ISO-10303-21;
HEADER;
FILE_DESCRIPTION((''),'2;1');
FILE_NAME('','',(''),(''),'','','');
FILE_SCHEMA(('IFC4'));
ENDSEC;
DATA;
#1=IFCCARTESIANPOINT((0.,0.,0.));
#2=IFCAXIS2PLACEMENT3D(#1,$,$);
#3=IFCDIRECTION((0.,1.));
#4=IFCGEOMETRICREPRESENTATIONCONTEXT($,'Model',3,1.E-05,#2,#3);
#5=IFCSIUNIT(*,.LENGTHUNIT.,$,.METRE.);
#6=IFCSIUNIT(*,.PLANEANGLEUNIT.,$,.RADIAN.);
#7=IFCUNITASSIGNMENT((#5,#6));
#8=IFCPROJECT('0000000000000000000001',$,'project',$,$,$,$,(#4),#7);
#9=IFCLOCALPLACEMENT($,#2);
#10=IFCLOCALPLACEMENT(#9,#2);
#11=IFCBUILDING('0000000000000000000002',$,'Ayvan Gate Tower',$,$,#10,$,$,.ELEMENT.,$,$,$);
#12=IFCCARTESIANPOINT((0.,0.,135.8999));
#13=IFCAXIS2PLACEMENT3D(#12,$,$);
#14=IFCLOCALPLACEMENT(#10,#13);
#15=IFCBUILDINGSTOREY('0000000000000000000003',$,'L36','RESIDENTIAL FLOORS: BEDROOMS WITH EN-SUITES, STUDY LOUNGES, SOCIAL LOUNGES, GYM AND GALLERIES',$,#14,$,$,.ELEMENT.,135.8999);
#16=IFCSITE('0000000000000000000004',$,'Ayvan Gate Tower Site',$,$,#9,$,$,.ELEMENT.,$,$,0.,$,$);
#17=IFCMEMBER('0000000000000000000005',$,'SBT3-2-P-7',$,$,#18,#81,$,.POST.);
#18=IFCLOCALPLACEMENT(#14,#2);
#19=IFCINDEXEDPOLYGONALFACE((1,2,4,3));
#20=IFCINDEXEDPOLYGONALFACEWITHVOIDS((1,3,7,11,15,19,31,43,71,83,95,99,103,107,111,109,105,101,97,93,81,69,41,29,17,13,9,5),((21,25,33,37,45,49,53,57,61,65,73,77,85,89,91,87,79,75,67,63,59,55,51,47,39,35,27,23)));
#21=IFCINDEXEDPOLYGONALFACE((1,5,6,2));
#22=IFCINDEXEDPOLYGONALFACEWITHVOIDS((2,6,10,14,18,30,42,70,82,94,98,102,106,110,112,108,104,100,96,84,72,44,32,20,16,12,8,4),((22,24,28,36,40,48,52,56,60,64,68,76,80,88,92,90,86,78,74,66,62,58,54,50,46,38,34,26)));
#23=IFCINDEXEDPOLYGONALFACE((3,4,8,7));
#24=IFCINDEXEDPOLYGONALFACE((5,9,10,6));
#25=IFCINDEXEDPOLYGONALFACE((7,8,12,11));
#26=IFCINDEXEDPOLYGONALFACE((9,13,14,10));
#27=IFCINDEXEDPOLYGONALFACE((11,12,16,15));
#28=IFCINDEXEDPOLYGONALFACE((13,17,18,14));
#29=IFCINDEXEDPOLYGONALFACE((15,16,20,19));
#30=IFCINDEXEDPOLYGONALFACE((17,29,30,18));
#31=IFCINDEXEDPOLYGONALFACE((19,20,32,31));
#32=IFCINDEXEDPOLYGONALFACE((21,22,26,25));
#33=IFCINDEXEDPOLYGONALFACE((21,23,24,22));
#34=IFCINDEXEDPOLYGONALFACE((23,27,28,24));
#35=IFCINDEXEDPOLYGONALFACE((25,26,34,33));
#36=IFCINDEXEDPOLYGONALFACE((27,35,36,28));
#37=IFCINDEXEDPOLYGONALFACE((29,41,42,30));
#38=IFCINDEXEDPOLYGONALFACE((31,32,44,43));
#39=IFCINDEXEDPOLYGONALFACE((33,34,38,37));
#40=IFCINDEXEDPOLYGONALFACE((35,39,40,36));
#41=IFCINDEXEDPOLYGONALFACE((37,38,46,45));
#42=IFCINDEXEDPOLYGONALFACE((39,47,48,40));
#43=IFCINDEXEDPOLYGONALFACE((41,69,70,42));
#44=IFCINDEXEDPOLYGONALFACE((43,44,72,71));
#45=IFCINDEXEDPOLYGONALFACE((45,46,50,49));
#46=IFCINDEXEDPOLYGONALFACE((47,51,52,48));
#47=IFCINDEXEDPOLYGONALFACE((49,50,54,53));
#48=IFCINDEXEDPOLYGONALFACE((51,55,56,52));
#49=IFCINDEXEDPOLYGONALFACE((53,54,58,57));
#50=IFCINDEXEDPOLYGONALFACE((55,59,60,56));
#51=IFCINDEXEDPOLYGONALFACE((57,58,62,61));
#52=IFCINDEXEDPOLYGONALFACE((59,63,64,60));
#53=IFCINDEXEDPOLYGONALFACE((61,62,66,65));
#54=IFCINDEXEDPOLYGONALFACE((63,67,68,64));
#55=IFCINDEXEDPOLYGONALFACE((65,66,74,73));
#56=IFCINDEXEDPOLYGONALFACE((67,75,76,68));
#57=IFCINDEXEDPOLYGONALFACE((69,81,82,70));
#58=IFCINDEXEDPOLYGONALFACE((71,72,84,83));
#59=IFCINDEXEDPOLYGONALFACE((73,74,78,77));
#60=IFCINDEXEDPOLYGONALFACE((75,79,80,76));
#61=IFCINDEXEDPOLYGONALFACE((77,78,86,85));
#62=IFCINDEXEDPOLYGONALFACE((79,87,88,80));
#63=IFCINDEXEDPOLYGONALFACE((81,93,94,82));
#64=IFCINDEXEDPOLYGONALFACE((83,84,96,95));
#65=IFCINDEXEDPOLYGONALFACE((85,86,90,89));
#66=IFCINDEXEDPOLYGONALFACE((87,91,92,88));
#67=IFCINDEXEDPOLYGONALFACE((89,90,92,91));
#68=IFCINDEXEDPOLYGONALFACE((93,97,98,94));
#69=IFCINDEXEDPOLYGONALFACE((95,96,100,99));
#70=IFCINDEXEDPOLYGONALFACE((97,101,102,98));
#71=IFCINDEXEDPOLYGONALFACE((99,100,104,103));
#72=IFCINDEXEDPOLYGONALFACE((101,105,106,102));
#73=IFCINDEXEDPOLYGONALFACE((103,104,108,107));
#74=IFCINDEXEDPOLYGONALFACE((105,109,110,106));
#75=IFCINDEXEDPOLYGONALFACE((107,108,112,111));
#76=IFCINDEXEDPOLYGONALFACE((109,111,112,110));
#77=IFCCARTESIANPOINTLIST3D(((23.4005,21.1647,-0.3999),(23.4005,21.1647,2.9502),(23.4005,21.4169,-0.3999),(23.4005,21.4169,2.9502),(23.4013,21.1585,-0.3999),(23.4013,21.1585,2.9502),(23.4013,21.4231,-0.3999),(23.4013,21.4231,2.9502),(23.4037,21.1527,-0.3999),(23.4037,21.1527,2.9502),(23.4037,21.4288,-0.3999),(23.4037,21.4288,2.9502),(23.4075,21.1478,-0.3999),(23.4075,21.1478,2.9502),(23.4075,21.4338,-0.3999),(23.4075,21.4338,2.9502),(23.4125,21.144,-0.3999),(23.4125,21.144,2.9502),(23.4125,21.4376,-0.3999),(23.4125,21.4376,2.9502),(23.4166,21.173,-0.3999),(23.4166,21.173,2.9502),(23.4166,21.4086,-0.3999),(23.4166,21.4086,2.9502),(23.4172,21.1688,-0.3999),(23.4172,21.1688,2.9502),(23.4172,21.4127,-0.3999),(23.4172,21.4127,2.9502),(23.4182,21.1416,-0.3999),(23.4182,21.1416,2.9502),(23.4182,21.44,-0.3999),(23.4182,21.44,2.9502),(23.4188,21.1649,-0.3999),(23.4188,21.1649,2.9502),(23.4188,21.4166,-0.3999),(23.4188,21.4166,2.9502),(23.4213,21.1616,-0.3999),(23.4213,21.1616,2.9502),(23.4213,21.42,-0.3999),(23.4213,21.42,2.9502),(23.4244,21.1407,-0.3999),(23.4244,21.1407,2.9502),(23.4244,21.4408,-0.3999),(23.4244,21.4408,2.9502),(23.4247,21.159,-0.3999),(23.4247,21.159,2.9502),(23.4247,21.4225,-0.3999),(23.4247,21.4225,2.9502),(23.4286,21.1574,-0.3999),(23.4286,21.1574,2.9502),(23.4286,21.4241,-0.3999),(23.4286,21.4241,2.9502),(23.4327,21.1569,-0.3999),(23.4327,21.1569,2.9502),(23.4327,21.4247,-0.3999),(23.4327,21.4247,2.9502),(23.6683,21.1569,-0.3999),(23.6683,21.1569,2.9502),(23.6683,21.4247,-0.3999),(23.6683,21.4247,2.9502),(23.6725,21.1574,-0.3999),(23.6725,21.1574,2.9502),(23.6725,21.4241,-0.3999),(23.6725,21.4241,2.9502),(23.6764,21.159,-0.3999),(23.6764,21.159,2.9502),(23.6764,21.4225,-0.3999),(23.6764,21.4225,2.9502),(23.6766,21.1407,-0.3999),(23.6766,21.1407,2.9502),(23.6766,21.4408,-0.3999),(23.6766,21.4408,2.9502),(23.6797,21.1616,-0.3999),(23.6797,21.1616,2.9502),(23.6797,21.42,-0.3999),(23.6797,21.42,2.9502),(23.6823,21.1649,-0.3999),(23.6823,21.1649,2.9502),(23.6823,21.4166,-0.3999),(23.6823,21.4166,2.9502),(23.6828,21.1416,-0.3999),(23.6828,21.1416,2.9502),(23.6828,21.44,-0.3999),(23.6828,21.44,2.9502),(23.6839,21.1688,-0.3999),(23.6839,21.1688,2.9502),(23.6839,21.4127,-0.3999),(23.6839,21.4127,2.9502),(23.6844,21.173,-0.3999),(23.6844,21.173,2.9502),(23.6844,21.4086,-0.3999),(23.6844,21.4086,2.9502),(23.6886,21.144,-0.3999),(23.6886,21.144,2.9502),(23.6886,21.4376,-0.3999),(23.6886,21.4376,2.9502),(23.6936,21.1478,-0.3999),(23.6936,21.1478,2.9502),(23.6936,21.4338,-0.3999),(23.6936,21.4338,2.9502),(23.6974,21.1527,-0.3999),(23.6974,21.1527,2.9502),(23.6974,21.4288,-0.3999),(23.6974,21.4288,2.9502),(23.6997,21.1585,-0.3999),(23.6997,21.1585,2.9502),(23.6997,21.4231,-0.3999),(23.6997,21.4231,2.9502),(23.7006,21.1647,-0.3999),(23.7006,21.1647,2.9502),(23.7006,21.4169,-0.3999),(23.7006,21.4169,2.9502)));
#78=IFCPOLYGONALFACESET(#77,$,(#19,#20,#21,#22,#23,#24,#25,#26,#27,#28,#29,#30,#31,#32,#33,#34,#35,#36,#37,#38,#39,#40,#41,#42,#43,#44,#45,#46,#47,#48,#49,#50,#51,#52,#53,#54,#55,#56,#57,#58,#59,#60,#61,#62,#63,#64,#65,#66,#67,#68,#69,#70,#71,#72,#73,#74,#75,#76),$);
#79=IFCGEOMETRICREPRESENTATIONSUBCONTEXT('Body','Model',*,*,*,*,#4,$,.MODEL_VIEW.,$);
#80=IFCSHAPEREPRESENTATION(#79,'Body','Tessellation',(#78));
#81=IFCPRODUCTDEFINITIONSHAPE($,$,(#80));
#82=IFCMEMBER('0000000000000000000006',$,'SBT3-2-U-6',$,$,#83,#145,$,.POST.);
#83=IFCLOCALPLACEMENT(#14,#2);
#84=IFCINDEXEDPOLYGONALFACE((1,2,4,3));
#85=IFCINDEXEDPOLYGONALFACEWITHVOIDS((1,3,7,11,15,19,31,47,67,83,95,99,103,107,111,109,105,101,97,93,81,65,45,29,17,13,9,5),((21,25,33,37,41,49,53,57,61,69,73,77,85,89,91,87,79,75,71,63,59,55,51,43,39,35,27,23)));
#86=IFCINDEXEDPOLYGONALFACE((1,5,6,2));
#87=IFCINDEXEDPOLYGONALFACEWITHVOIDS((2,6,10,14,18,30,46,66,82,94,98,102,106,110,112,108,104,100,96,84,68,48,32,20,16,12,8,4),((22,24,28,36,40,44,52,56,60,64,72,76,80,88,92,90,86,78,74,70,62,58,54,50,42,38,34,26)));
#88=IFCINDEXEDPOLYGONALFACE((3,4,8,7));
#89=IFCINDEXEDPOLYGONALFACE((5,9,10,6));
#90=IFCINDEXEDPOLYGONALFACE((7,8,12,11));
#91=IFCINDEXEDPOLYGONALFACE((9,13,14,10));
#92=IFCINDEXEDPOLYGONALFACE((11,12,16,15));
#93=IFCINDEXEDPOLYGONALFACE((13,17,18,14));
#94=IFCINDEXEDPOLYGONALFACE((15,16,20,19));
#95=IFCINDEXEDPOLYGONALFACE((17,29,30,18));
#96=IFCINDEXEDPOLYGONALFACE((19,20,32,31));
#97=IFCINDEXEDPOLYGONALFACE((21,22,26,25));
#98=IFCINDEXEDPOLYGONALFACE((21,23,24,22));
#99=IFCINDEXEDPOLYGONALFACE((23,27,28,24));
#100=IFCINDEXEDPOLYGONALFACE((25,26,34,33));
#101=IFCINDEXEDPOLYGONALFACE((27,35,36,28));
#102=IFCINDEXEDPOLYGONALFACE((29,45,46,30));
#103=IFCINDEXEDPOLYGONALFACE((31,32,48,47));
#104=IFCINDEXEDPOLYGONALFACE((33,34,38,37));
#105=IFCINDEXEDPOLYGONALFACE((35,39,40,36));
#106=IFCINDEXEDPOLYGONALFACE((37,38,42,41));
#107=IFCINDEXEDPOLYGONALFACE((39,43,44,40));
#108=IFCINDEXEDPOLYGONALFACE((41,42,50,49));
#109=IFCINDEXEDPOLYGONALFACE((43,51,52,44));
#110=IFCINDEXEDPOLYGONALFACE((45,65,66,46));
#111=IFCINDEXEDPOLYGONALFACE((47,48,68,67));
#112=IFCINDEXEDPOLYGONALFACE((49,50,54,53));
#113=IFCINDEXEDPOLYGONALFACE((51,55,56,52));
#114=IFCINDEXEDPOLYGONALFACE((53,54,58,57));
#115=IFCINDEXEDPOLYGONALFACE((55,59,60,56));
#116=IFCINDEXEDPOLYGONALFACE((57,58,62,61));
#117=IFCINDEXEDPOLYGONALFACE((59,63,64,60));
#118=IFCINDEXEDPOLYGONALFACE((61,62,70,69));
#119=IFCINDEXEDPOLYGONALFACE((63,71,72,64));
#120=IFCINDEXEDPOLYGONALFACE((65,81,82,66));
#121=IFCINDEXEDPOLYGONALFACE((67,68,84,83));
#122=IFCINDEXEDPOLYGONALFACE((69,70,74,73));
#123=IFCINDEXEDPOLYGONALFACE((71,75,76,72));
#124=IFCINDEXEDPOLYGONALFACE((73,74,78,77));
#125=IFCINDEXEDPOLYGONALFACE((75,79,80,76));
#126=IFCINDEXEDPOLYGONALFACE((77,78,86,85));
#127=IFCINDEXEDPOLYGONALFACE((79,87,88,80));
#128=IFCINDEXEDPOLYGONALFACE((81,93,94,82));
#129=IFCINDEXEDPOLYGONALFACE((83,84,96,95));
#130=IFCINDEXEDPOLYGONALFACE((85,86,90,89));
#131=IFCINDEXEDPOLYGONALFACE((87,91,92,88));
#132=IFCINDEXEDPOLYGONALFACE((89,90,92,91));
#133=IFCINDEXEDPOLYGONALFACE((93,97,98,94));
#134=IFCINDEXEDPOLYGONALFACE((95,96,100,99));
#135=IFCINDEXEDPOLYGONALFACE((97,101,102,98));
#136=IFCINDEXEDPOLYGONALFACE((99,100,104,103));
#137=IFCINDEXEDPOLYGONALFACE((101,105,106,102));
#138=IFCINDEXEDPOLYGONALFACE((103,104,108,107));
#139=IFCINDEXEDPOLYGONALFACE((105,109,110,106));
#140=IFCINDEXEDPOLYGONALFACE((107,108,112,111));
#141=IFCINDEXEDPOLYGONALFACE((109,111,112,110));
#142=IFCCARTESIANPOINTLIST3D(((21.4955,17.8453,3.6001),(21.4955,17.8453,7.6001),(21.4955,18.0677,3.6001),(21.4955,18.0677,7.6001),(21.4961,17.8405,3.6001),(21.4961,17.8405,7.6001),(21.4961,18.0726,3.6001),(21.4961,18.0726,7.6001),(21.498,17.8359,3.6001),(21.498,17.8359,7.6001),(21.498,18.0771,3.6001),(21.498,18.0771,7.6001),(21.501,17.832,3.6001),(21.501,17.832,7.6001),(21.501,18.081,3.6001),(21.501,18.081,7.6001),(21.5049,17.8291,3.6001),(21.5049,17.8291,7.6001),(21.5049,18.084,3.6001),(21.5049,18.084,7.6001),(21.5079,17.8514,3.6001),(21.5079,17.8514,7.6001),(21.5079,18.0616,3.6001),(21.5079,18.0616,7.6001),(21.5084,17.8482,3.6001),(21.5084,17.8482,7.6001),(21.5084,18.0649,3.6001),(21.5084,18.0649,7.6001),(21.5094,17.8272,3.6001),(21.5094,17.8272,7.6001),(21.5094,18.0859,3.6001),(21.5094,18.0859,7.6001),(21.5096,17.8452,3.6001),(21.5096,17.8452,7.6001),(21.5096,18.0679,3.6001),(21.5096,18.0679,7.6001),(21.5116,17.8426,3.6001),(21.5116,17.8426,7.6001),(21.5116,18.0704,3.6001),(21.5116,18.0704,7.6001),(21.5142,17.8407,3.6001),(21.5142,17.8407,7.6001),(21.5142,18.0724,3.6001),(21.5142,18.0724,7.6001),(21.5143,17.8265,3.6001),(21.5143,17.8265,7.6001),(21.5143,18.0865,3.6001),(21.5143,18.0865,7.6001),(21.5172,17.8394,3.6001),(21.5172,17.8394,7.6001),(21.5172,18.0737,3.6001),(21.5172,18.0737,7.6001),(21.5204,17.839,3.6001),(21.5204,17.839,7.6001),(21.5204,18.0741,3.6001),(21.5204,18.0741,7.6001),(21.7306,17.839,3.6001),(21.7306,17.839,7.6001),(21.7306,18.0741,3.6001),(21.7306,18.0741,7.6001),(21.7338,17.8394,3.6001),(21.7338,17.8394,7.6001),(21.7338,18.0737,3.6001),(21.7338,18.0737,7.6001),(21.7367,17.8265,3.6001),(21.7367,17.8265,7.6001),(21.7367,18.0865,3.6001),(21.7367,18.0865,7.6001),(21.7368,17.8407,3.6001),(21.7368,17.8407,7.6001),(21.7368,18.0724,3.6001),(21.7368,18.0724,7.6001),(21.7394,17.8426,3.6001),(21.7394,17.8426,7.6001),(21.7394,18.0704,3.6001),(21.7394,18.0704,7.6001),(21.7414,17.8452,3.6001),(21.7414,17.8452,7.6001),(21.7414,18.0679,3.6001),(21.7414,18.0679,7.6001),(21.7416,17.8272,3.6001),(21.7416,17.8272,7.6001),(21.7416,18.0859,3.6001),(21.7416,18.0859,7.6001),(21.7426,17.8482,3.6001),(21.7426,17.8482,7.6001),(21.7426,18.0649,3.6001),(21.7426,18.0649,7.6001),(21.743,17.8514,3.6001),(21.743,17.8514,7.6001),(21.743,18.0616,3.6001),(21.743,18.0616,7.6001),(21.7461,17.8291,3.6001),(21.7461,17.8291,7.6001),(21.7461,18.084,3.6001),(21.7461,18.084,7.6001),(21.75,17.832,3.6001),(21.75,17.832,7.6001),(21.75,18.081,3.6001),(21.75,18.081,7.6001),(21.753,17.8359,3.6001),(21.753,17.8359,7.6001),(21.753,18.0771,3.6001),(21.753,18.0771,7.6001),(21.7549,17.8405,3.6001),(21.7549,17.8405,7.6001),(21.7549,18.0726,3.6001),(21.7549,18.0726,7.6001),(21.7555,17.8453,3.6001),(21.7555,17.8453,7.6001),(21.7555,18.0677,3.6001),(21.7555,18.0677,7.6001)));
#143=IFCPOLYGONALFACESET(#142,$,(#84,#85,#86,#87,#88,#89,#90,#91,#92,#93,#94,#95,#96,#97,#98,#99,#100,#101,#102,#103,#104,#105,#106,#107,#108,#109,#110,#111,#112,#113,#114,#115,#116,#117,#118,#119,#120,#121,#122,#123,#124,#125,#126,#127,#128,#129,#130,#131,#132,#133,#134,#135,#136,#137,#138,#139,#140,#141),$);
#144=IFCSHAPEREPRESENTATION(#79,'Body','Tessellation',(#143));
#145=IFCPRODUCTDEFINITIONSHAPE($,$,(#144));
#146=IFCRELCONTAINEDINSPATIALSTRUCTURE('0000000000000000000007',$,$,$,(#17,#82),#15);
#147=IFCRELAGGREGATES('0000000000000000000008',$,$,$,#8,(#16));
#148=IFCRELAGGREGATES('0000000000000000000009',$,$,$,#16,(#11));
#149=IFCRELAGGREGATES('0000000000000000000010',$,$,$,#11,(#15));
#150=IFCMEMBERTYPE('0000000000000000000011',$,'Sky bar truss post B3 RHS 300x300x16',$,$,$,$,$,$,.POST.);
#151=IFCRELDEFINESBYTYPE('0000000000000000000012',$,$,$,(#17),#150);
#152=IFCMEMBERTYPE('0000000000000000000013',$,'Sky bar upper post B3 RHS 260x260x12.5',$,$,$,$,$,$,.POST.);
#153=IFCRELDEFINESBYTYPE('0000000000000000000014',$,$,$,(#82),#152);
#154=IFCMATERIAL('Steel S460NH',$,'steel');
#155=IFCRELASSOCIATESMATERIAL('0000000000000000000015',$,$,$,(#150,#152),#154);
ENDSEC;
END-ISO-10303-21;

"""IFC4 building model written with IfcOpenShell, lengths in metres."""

from ifc_helpers import new_model, si_unit, direction, frame, origin, origin_2d, place, context, subcontext, project, spatial, hollow_rectangle, extrude, material, material_profile, profile_set, type_object, element, save


model = new_model("IFC4")

# Units and contexts
model_context = context("Model", 3, precision=1e-05, world=origin(), true_north=direction((0.0, 1.0)))
body_context = subcontext(model_context, "Body", "Model", "MODEL_VIEW")
ifc_project = project(units=[si_unit("LENGTHUNIT", "METRE"), si_unit("PLANEANGLEUNIT", "RADIAN")], contexts=[model_context])

# Site, building, storey
site_placement = place(None, origin())
site = spatial("IfcSite", under=ifc_project, at=site_placement, Name="Ayvan Gate Tower Site", CompositionType="ELEMENT", RefElevation=0.0)
building_placement = place(site_placement, origin())
building = spatial("IfcBuilding", under=site, at=building_placement, Name="Ayvan Gate Tower", CompositionType="ELEMENT")
storey_placement = place(building_placement, frame((0.0, 0.0, 135.8999)))
storey = spatial("IfcBuildingStorey", under=building, at=storey_placement, Name="L36", Description="RESIDENTIAL FLOORS: BEDROOMS WITH EN-SUITES, STUDY LOUNGES, SOCIAL LOUNGES, GYM AND GALLERIES", CompositionType="ELEMENT", Elevation=135.8999)

# Members
ifc_material_1 = material(Name="Steel S460NH", Category="steel")
ifc_material_profile_1 = material_profile(ifc_material_1, hollow_rectangle(XDim=0.3, YDim=0.3, WallThickness=0.0161, InnerFilletRadius=0.0161, OuterFilletRadius=0.0239, at=origin_2d()), Name="RHS 300x300x16")
ifc_profile_set_1 = profile_set([ifc_material_profile_1], Name="Steel S460NH")
member_type_1 = type_object("IfcMemberType", Name="Sky bar truss post B3 RHS 300x300x16", PredefinedType="POST", material=ifc_profile_set_1)
for number, where, z_axis, x_axis, name in (
    (1, (23.5505, 21.2908, -0.3999), (0.0, 0.0, 1.0), (1.0, 0.0, 0.0), "SBT3-2-P-7"),
):
    element("IfcMember", number, at=place(storey_placement, frame(where, z_axis=z_axis, x_axis=x_axis)), inside=storey, type_object=member_type_1, Name=name, PredefinedType="POST", context=body_context, shape_type="SweptSolid", body=[
        extrude(hollow_rectangle(XDim=0.3, YDim=0.3, WallThickness=0.0161, InnerFilletRadius=0.0161, OuterFilletRadius=0.0239, at=origin_2d()), origin(), (0.0, 0.0, 1.0), 3.3501),
    ])
ifc_material_profile_2 = material_profile(ifc_material_1, hollow_rectangle(XDim=0.26, YDim=0.26, WallThickness=0.0125, InnerFilletRadius=0.0125, OuterFilletRadius=0.0188, at=origin_2d()), Name="RHS 260x260x12.5")
ifc_profile_set_2 = profile_set([ifc_material_profile_2], Name="Steel S460NH")
member_type_2 = type_object("IfcMemberType", Name="Sky bar upper post B3 RHS 260x260x12.5", PredefinedType="POST", material=ifc_profile_set_2)
for number, where, z_axis, x_axis, name in (
    (2, (21.6255, 17.9565, 3.6001), (0.0, 0.0, 1.0), (1.0, 0.0, 0.0), "SBT3-2-U-6"),
):
    element("IfcMember", number, at=place(storey_placement, frame(where, z_axis=z_axis, x_axis=x_axis)), inside=storey, type_object=member_type_2, Name=name, PredefinedType="POST", context=body_context, shape_type="SweptSolid", body=[
        extrude(hollow_rectangle(XDim=0.26, YDim=0.26, WallThickness=0.0125, InnerFilletRadius=0.0125, OuterFilletRadius=0.0188, at=origin_2d()), origin(), (0.0, 0.0, 1.0), 4.0),
    ])

save(model, "model.ifc")
